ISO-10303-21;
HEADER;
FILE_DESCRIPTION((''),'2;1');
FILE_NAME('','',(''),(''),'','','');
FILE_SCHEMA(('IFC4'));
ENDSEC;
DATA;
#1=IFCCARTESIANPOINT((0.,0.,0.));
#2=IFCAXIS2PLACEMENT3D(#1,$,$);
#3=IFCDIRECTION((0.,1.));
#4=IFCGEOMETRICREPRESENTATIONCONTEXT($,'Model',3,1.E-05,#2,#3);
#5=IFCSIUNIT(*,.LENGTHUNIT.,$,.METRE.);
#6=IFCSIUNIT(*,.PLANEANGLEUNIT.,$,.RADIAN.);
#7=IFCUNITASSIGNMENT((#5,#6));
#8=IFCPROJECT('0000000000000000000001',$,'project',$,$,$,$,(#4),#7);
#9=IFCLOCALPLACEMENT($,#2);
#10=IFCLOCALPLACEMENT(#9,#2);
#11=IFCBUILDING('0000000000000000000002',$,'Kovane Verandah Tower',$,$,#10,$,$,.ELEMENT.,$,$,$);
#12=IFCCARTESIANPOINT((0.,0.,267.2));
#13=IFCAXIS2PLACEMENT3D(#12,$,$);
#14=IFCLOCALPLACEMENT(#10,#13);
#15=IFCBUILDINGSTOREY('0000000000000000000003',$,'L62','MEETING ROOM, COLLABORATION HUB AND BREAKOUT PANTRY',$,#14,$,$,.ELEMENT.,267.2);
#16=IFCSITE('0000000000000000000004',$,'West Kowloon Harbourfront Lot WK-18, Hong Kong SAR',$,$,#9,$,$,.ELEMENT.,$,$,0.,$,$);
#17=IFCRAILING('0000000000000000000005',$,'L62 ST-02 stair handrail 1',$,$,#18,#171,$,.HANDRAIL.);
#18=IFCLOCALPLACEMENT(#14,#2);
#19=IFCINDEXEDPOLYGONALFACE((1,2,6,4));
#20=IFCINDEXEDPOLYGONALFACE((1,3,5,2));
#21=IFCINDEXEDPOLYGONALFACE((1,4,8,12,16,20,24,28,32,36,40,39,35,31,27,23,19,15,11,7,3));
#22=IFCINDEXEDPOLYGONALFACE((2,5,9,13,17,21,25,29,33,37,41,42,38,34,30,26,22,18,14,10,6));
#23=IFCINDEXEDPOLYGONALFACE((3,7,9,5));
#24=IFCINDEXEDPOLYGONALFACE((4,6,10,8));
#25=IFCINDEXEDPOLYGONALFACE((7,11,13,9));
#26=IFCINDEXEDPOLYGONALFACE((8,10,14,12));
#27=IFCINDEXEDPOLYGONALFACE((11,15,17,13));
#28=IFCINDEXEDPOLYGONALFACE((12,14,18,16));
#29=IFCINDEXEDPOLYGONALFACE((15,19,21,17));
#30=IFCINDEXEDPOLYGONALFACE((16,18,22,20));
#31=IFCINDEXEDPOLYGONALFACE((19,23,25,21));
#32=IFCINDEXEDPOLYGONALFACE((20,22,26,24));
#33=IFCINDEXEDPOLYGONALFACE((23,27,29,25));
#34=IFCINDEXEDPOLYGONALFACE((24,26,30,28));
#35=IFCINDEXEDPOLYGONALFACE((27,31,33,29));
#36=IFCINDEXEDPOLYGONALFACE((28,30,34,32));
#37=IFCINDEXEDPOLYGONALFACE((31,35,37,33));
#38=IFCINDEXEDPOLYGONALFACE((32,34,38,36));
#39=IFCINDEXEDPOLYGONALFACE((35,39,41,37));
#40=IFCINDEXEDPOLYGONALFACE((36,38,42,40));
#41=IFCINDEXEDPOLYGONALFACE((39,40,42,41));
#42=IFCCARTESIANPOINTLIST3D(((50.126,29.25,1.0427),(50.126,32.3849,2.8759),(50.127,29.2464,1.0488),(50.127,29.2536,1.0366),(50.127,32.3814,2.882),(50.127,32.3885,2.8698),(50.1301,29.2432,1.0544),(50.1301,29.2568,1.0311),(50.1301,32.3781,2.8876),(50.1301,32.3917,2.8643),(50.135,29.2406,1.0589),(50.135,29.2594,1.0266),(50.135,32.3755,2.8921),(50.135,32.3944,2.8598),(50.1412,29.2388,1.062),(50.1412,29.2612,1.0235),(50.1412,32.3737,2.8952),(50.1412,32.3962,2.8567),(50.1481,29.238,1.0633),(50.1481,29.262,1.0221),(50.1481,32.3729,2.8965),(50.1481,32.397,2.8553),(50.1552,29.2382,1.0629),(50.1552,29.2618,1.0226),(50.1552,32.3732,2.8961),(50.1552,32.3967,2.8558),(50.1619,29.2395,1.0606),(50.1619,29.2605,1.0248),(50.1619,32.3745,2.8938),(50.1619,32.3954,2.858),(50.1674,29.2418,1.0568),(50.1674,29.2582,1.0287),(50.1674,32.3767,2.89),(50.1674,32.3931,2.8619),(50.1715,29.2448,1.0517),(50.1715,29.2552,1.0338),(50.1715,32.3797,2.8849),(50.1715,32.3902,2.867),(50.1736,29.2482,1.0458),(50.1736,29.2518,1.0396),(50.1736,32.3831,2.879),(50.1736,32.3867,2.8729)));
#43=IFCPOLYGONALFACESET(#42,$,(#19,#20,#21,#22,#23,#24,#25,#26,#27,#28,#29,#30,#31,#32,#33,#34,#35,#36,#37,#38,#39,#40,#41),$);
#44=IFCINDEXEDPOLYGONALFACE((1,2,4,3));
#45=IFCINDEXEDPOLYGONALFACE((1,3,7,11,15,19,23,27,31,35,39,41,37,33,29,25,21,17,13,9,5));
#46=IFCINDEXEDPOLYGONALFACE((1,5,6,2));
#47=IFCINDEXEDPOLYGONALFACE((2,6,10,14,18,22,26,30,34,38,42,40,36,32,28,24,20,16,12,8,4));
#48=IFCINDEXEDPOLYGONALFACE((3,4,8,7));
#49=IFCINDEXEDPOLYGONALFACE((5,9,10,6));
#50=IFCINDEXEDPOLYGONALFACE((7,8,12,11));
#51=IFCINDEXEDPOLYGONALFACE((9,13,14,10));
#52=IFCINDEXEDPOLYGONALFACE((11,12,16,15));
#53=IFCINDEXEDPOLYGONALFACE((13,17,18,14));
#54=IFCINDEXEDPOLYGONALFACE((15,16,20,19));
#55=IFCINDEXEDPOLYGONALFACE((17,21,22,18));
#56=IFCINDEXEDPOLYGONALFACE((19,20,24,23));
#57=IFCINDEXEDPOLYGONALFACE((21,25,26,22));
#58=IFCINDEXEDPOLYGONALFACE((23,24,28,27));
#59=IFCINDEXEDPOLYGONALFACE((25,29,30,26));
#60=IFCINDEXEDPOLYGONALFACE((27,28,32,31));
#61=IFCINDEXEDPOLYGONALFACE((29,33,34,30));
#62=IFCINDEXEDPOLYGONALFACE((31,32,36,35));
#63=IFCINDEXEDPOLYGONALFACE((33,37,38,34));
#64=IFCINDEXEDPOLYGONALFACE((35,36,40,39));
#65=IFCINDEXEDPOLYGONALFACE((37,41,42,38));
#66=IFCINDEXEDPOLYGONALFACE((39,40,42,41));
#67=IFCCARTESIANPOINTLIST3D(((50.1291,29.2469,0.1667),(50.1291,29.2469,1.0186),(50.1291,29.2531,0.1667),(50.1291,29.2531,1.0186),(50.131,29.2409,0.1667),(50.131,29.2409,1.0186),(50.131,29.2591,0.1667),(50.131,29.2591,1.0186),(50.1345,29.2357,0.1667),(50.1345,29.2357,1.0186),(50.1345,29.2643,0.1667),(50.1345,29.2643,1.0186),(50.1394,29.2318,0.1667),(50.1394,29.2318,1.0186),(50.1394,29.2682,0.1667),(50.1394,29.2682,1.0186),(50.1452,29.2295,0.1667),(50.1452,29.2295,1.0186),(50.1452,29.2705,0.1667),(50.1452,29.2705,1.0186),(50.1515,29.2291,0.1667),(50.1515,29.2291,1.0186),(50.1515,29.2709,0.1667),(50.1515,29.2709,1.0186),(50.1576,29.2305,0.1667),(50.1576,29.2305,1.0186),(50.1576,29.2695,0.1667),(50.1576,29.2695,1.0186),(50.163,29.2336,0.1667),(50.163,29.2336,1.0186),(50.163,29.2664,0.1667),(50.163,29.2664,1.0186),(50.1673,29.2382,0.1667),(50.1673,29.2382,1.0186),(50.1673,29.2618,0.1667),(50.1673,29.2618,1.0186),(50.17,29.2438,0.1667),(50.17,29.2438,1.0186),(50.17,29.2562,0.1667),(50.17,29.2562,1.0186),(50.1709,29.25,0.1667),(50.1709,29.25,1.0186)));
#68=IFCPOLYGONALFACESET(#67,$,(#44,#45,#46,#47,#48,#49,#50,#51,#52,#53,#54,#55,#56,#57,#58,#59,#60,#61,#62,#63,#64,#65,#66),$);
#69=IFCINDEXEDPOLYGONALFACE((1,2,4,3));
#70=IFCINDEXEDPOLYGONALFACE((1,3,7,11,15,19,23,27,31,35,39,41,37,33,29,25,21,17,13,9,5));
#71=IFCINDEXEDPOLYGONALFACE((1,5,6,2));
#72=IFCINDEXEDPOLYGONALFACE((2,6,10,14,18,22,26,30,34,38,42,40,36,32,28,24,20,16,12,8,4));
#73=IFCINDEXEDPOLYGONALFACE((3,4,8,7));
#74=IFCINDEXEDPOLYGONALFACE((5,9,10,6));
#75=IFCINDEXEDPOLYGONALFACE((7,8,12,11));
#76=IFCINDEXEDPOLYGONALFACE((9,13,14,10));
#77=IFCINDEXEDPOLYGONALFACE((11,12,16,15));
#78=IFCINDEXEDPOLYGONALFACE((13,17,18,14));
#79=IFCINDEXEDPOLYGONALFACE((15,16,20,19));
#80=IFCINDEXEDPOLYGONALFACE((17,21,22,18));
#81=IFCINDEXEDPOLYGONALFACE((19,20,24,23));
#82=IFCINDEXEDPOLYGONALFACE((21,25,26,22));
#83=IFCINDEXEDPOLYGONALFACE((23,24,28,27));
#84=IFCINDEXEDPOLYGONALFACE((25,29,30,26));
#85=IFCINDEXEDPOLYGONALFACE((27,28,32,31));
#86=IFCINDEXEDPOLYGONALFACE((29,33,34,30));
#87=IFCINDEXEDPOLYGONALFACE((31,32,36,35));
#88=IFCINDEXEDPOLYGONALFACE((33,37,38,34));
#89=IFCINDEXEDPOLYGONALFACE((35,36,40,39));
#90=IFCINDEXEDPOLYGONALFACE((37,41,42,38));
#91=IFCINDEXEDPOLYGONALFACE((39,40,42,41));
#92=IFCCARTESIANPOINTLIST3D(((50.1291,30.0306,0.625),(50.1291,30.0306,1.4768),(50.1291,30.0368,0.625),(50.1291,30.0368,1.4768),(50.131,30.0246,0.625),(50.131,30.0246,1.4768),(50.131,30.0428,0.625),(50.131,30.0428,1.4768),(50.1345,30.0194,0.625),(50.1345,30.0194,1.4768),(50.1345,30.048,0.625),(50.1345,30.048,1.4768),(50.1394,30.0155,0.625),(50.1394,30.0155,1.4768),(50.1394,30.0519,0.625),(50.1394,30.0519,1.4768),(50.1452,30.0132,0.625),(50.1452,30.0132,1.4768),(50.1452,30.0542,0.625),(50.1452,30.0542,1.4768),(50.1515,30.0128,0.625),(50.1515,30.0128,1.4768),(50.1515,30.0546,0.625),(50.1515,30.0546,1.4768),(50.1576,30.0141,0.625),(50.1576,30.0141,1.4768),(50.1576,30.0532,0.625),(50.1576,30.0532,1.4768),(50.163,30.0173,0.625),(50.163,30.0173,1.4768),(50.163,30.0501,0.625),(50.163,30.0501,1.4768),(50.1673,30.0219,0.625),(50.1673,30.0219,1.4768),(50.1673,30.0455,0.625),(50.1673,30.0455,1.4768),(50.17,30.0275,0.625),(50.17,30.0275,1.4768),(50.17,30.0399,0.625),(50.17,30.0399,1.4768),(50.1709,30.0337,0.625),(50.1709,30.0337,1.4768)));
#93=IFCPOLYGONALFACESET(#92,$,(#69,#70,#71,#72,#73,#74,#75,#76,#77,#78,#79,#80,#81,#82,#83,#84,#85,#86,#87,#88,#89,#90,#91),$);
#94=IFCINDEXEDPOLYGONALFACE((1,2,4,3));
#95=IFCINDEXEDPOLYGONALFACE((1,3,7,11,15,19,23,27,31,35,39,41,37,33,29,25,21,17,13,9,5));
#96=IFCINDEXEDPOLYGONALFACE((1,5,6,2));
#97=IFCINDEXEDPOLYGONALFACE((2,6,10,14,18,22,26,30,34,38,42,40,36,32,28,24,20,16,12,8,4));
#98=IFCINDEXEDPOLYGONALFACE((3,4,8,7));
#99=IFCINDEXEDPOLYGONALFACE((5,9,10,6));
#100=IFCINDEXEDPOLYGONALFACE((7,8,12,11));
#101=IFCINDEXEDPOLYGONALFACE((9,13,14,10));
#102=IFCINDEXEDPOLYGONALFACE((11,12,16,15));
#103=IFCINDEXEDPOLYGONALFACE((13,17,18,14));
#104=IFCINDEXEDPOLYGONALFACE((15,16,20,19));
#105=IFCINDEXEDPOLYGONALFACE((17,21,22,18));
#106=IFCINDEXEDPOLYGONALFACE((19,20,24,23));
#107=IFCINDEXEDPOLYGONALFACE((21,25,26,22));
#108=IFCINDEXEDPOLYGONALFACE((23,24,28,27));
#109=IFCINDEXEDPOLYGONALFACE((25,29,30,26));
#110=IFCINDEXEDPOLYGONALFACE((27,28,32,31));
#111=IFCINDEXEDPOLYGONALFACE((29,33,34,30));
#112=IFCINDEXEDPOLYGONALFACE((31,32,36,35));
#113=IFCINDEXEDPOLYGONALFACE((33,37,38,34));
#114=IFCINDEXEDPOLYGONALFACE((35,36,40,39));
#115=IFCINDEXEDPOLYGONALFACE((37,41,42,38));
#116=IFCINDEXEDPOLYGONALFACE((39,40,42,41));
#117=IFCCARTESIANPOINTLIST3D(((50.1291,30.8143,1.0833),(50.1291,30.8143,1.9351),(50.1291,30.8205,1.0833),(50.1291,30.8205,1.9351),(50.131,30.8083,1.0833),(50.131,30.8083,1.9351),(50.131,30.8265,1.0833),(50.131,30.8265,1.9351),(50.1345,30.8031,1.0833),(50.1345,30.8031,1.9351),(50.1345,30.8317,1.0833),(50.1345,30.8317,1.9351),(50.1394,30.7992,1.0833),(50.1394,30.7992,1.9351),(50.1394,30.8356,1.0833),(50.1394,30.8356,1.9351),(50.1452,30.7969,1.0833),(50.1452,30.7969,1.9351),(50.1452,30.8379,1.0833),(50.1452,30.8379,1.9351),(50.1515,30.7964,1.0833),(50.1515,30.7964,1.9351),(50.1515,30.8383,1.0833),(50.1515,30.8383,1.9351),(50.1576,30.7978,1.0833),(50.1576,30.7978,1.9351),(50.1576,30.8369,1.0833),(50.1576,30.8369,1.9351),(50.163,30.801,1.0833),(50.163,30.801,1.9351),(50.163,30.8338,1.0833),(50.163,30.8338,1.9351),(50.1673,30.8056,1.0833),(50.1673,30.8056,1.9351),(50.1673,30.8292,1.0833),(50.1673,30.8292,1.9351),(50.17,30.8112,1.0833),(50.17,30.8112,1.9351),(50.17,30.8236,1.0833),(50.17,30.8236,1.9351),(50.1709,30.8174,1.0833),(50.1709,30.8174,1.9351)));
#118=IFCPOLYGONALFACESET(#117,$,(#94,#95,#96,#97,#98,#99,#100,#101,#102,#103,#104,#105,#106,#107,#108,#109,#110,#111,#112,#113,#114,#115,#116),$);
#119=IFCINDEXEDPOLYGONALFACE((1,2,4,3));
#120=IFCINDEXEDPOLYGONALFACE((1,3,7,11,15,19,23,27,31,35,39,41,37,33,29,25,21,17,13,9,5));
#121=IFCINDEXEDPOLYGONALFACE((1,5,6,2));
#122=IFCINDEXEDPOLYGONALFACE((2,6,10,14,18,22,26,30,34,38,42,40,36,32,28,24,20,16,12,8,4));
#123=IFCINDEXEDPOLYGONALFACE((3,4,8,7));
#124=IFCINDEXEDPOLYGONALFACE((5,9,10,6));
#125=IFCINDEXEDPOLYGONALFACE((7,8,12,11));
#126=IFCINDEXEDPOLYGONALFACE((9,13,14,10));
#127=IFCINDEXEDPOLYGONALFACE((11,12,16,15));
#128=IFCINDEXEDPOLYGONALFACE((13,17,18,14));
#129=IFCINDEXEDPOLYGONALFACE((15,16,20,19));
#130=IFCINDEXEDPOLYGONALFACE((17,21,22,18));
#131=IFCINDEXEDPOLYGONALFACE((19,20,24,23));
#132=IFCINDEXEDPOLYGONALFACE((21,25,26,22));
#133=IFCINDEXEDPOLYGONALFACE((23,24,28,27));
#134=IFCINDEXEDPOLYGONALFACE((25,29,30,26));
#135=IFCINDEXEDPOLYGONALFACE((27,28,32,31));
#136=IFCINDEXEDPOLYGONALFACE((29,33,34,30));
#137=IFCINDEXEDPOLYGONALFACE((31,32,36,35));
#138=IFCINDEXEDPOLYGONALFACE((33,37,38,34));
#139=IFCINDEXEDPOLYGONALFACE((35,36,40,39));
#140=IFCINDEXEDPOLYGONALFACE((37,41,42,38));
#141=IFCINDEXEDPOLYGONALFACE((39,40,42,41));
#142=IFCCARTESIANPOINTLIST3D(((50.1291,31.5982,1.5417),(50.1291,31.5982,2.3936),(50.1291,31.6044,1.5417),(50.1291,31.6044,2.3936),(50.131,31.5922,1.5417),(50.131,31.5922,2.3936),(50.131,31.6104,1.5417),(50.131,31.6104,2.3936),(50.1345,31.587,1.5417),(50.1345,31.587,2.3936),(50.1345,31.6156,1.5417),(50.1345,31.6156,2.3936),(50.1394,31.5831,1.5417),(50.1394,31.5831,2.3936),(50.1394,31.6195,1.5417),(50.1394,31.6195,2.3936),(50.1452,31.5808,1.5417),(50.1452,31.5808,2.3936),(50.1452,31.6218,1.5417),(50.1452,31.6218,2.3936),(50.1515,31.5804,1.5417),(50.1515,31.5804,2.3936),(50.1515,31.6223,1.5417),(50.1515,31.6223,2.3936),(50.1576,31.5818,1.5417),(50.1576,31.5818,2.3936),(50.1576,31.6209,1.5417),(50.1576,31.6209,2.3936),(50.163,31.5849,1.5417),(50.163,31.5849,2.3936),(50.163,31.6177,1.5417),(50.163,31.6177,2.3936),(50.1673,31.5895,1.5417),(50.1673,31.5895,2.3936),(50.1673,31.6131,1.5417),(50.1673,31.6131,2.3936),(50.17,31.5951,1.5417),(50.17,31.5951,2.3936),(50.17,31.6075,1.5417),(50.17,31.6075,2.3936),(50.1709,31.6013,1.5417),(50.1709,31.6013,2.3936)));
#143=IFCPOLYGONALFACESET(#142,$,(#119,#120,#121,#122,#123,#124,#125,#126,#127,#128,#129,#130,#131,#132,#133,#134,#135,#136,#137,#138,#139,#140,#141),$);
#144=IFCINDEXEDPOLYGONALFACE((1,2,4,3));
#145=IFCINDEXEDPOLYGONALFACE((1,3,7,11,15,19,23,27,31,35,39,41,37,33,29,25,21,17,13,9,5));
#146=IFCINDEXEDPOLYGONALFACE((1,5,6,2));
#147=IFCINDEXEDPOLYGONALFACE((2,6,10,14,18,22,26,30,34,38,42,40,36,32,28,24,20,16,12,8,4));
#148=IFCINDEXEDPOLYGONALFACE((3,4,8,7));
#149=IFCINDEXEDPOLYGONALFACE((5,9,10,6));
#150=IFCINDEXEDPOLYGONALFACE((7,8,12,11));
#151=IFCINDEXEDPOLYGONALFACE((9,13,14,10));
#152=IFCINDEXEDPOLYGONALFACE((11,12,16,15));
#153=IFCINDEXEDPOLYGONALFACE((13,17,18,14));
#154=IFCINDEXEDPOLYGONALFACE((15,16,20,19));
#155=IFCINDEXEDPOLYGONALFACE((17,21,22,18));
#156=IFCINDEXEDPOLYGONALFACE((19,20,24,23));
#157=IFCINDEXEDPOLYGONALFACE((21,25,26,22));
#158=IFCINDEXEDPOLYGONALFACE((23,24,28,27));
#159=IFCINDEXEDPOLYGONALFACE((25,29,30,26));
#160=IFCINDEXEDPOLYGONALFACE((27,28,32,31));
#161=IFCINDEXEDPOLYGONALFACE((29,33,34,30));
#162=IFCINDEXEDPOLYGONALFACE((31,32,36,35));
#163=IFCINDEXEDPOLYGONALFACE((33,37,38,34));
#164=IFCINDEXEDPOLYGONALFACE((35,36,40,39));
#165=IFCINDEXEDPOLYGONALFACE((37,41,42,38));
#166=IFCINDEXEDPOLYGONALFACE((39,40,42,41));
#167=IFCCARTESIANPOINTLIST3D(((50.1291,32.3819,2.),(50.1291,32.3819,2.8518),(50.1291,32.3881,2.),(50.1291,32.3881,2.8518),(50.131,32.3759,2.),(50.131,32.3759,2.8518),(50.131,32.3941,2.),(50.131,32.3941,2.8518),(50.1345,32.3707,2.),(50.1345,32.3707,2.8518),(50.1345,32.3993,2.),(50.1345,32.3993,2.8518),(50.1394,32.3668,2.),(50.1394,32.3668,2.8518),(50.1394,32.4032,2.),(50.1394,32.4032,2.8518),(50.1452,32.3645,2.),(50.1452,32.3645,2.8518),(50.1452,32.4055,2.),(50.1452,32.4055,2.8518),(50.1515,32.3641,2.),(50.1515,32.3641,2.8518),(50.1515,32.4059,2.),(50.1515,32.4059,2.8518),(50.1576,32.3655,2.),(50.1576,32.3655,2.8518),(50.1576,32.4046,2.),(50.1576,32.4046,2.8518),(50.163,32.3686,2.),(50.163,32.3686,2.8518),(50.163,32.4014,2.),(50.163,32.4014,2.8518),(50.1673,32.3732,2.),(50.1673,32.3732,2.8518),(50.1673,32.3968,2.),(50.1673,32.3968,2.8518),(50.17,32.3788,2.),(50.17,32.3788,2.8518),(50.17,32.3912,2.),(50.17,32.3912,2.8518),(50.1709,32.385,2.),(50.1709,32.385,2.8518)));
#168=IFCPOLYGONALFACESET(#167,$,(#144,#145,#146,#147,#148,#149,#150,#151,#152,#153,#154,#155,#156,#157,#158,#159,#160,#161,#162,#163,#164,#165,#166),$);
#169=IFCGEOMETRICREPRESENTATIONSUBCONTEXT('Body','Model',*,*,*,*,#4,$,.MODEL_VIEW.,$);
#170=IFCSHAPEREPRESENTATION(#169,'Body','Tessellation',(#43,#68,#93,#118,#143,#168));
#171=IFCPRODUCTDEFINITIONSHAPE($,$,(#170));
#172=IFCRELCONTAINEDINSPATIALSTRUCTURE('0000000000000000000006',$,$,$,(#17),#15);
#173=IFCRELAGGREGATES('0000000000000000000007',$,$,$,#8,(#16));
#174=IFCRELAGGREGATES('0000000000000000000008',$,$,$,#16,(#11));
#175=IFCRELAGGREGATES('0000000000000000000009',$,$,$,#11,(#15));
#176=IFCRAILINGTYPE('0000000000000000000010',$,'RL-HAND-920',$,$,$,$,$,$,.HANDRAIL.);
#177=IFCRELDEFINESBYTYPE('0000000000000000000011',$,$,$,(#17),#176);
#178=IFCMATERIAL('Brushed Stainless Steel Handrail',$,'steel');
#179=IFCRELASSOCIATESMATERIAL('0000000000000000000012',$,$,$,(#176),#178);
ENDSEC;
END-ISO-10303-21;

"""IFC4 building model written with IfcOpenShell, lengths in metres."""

from ifc_helpers import new_model, si_unit, direction, frame, origin, origin_2d, place, context, subcontext, project, spatial, circle, extrude, material, type_object, element, save


model = new_model("IFC4")

# Units and contexts
model_context = context("Model", 3, precision=1e-05, world=origin(), true_north=direction((0.0, 1.0)))
body_context = subcontext(model_context, "Body", "Model", "MODEL_VIEW")
ifc_project = project(units=[si_unit("LENGTHUNIT", "METRE"), si_unit("PLANEANGLEUNIT", "RADIAN")], contexts=[model_context])

# Site, building, storey
site_placement = place(None, origin())
site = spatial("IfcSite", under=ifc_project, at=site_placement, Name="West Kowloon Harbourfront Lot WK-18, Hong Kong SAR", CompositionType="ELEMENT", RefElevation=0.0)
building_placement = place(site_placement, origin())
building = spatial("IfcBuilding", under=site, at=building_placement, Name="Kovane Verandah Tower", CompositionType="ELEMENT")
storey_placement = place(building_placement, frame((0.0, 0.0, 267.2)))
storey = spatial("IfcBuildingStorey", under=building, at=storey_placement, Name="L62", Description="MEETING ROOM, COLLABORATION HUB AND BREAKOUT PANTRY", CompositionType="ELEMENT", Elevation=267.2)

# Railing
ifc_material_1 = material(Name="Brushed Stainless Steel Handrail", Category="steel")
railing_type_1 = type_object("IfcRailingType", Name="RL-HAND-920", PredefinedType="HANDRAIL", material=ifc_material_1)
railing_1_placement = place(storey_placement, frame((50.1499, 29.25, 0.1667)))
element("IfcRailing", 1, at=railing_1_placement, inside=storey, type_object=railing_type_1, Name="L62 ST-02 stair handrail 1", PredefinedType="HANDRAIL", context=body_context, shape_type="SweptSolid", body=[
    extrude(circle(Radius=0.0239, at=origin_2d()), frame((0.0, 0.0, 0.876), z_axis=(0.0, 0.86324, 0.504794), x_axis=(-1.0, 0.0, 0.0)), (0.0, 0.0, 1.0), 3.6316),
    extrude(circle(Radius=0.021, at=origin_2d()), origin(), (0.0, 0.0, 1.0), 0.8518),
    extrude(circle(Radius=0.021, at=origin_2d()), frame((0.0, 0.7837, 0.4583)), (0.0, 0.0, 1.0), 0.8518),
    extrude(circle(Radius=0.021, at=origin_2d()), frame((0.0, 1.5674, 0.9165)), (0.0, 0.0, 1.0), 0.8518),
    extrude(circle(Radius=0.021, at=origin_2d()), frame((0.0, 2.3513, 1.375)), (0.0, 0.0, 1.0), 0.8518),
    extrude(circle(Radius=0.021, at=origin_2d()), frame((0.0, 3.135, 1.8333)), (0.0, 0.0, 1.0), 0.8518),
])

save(model, "model.ifc")
